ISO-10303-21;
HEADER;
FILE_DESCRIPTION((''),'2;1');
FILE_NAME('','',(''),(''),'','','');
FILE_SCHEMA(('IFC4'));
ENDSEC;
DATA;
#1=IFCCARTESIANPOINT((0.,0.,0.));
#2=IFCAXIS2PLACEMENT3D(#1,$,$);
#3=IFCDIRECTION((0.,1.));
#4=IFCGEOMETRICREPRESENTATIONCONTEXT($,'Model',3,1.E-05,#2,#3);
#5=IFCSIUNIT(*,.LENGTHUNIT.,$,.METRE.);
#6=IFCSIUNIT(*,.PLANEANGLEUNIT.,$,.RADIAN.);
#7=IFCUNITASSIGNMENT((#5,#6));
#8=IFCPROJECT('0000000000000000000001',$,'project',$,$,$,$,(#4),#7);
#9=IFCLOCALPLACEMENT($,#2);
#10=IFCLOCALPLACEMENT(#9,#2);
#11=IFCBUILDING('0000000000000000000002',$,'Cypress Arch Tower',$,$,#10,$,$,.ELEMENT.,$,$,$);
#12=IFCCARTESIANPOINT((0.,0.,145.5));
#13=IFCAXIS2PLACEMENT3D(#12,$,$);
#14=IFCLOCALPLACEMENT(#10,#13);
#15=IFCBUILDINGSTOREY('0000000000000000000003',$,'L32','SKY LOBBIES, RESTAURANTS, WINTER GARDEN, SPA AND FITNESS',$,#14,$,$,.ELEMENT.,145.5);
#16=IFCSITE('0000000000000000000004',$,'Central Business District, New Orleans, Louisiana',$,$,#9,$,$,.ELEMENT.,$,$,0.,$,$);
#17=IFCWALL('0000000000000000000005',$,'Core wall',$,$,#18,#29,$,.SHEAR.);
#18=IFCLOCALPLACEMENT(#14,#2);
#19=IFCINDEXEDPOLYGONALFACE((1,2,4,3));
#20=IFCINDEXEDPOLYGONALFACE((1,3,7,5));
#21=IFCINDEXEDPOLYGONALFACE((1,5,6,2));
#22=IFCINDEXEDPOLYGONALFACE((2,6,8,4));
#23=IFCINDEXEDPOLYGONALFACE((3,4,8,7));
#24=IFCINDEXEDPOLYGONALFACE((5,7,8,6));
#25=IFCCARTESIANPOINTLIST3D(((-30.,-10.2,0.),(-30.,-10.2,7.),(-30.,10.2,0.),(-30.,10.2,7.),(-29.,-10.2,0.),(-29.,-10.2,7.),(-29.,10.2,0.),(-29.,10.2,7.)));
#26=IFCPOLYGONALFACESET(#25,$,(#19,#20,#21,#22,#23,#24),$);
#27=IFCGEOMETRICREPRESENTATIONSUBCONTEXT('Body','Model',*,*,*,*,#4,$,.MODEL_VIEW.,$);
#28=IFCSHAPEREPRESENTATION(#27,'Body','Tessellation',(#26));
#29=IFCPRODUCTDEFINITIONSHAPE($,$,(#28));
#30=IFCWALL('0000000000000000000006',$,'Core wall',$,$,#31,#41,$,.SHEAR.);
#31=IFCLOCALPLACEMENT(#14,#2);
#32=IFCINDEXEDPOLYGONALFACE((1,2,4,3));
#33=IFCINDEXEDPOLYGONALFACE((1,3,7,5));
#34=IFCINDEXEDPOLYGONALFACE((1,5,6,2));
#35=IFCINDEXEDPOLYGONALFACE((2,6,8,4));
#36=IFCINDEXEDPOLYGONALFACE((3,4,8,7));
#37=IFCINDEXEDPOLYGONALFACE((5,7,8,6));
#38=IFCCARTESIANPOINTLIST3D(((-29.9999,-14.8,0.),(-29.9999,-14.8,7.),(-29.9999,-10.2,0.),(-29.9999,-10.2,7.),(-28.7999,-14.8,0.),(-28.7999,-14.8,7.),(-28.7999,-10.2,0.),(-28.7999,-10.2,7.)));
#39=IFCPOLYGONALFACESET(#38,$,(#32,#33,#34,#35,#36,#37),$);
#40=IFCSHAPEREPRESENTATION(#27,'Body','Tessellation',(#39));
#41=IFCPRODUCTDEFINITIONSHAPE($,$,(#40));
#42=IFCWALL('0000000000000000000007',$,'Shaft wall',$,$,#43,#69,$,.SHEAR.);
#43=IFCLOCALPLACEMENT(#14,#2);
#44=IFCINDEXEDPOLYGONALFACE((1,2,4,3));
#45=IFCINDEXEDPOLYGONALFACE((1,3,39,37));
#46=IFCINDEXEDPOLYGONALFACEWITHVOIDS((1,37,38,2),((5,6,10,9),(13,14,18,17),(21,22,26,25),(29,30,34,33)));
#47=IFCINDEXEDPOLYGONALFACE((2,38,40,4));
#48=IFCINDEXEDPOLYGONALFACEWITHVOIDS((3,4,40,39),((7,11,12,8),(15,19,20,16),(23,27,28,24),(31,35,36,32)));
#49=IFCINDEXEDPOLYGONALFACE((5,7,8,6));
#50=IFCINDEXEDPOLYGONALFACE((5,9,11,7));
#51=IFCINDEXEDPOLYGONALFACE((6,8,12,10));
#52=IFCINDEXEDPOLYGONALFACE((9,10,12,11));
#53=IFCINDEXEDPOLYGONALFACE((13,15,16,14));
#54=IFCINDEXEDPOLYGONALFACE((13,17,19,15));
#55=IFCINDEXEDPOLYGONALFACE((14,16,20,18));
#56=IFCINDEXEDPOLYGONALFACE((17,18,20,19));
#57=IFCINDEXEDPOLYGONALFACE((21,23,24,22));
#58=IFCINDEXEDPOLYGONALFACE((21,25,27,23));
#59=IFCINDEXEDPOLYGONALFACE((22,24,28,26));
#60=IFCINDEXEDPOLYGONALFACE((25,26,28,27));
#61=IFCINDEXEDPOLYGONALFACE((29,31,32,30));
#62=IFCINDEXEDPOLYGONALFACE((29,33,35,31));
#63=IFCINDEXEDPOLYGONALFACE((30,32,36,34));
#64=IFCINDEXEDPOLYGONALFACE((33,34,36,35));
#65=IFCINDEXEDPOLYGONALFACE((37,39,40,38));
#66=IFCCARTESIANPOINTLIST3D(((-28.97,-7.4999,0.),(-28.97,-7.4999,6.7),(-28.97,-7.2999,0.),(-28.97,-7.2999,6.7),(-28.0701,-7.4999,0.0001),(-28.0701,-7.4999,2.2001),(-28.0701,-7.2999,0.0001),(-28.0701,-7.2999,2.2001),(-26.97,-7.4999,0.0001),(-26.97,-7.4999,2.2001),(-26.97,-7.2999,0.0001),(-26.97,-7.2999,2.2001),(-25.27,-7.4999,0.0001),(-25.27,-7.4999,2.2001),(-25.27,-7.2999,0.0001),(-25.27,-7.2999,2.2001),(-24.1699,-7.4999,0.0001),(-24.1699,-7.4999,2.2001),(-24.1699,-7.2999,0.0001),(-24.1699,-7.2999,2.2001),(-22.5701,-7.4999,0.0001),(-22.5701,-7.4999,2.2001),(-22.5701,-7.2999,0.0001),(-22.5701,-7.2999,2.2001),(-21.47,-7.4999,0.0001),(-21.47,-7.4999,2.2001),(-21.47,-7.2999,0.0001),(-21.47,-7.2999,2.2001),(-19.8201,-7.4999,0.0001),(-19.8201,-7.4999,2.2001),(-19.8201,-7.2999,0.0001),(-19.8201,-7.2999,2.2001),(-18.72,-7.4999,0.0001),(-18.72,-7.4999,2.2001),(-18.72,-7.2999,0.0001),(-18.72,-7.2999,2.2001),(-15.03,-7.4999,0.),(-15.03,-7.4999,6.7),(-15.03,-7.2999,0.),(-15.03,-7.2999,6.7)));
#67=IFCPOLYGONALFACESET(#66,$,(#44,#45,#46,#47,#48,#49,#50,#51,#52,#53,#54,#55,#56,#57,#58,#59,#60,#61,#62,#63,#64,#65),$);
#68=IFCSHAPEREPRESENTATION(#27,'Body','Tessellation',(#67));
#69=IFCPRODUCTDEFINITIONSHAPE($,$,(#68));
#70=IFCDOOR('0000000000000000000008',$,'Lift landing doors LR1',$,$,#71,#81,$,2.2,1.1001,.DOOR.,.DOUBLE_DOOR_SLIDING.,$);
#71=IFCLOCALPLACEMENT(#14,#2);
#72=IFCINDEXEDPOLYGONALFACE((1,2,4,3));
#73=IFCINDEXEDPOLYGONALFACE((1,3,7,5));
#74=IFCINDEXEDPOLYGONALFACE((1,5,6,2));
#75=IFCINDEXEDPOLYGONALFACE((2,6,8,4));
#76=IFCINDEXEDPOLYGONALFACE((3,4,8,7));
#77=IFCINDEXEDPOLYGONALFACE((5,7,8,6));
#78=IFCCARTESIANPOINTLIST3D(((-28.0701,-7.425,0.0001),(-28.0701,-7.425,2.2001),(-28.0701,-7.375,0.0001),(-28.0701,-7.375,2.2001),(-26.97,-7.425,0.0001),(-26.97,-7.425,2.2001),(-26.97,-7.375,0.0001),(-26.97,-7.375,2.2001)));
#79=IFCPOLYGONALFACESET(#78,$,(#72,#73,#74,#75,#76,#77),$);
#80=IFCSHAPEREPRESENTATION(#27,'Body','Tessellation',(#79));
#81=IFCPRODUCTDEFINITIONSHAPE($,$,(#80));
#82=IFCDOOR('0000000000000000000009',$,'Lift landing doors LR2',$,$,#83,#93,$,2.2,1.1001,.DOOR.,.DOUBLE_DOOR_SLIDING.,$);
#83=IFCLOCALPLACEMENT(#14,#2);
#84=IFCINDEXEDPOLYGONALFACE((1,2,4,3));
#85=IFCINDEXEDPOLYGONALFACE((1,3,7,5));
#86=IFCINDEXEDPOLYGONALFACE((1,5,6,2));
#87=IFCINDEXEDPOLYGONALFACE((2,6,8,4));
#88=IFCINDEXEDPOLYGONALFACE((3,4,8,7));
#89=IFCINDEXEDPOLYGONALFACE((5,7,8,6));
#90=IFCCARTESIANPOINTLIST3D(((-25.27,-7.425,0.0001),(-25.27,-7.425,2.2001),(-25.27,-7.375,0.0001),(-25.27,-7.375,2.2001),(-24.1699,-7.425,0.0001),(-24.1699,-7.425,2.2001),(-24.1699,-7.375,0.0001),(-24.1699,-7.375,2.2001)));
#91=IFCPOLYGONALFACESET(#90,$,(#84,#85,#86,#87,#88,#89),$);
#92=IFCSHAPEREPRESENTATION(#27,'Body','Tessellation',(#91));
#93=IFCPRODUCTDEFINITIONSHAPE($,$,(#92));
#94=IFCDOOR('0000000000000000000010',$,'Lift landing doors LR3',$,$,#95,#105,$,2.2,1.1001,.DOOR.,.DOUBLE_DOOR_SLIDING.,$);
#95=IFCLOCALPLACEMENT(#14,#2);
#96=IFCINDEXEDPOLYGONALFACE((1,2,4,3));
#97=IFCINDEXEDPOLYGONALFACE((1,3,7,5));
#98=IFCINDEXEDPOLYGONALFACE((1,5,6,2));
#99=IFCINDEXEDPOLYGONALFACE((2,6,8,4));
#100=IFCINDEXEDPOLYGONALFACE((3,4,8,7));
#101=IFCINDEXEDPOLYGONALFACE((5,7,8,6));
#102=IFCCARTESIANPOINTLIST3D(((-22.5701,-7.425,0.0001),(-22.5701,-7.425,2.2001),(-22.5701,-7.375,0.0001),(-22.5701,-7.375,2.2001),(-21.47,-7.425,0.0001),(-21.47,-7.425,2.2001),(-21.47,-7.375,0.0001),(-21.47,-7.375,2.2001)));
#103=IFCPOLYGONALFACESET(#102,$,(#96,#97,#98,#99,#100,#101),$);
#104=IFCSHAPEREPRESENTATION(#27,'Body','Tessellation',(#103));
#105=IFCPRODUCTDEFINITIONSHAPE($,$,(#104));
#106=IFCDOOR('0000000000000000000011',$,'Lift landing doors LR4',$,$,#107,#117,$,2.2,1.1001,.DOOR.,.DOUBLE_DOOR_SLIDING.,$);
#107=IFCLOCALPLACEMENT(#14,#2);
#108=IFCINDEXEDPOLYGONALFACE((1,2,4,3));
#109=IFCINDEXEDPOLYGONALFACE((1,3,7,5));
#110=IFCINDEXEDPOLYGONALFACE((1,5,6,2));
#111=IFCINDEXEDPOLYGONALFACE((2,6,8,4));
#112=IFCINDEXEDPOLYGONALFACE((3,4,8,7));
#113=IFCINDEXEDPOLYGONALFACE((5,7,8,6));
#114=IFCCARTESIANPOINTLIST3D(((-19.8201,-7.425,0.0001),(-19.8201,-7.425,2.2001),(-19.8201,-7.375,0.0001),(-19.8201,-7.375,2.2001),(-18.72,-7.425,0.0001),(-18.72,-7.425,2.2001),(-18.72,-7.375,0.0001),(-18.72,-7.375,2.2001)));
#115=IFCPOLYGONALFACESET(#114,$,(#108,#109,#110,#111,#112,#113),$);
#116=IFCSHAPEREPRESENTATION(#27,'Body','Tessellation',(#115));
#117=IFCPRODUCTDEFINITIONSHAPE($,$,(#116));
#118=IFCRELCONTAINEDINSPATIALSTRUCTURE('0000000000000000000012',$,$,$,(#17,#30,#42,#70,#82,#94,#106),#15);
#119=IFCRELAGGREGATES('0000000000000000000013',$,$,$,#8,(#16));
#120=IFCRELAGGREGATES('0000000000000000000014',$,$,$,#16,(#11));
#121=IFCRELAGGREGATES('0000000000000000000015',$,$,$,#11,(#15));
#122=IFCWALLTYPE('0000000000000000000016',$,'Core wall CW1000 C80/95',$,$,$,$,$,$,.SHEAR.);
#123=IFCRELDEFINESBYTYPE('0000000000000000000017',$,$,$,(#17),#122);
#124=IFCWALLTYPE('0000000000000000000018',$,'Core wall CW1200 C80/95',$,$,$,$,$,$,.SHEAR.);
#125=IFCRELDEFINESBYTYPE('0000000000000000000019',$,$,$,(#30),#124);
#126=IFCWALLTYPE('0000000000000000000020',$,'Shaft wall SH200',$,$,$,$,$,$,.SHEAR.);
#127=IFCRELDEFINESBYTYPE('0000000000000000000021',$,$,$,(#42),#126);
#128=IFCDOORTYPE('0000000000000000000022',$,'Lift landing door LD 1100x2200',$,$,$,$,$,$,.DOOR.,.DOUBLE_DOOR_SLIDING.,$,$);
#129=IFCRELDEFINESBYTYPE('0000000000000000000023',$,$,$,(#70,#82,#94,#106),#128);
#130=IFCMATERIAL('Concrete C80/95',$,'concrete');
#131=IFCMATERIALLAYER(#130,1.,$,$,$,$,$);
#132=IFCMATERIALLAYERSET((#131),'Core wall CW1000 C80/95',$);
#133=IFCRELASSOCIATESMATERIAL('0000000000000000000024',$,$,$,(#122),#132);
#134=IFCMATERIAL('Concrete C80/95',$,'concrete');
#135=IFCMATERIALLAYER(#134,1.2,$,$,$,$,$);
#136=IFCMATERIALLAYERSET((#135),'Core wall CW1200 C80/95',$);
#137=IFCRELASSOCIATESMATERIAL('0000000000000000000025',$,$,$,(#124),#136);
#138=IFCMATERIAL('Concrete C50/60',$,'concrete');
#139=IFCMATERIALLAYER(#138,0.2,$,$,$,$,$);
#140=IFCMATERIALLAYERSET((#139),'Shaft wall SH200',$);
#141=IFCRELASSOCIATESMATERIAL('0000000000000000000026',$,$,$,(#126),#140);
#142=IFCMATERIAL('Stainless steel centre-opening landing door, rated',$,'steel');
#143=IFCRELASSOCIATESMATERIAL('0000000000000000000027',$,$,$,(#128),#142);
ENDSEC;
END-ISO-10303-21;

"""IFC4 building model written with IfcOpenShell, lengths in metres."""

from ifc_helpers import new_model, si_unit, direction, frame, frame_2d, origin, place, context, subcontext, project, spatial, rectangle, extrude, material, layer, layer_set, type_object, element, fill, save


model = new_model("IFC4")

# Units and contexts
model_context = context("Model", 3, precision=1e-05, world=origin(), true_north=direction((0.0, 1.0)))
body_context = subcontext(model_context, "Body", "Model", "MODEL_VIEW")
ifc_project = project(units=[si_unit("LENGTHUNIT", "METRE"), si_unit("PLANEANGLEUNIT", "RADIAN")], contexts=[model_context])

# Site, building, storey
site_placement = place(None, origin())
site = spatial("IfcSite", under=ifc_project, at=site_placement, Name="Central Business District, New Orleans, Louisiana", CompositionType="ELEMENT", RefElevation=0.0)
building_placement = place(site_placement, origin())
building = spatial("IfcBuilding", under=site, at=building_placement, Name="Cypress Arch Tower", CompositionType="ELEMENT")
storey_placement = place(building_placement, frame((0.0, 0.0, 145.5)))
storey = spatial("IfcBuildingStorey", under=building, at=storey_placement, Name="L32", Description="SKY LOBBIES, RESTAURANTS, WINTER GARDEN, SPA AND FITNESS", CompositionType="ELEMENT", Elevation=145.5)

# Walls
ifc_material_1 = material(Name="Concrete C80/95", Category="concrete")
ifc_layer_1 = layer(ifc_material_1, 1.0)
ifc_layer_set_1 = layer_set([ifc_layer_1], Name="Core wall CW1000 C80/95")
wall_type_1 = type_object("IfcWallType", Name="Core wall CW1000 C80/95", PredefinedType="SHEAR", material=ifc_layer_set_1)
wall_1_placement = place(storey_placement, frame((-29.5, -10.2, 0.0), z_axis=(0.0, 0.0, 1.0), x_axis=(0.0, 1.0, 0.0)))
element("IfcWall", 1, at=wall_1_placement, inside=storey, type_object=wall_type_1, Name="Core wall", PredefinedType="SHEAR", context=body_context, shape_type="SweptSolid", body=[
    extrude(rectangle(XDim=20.3999, YDim=1.0, at=frame_2d((10.2, 0.0))), origin(), (0.0, 0.0, 1.0), 7.0),
])
ifc_material_2 = material(Name="Concrete C80/95", Category="concrete")
ifc_layer_2 = layer(ifc_material_2, 1.2)
ifc_layer_set_2 = layer_set([ifc_layer_2], Name="Core wall CW1200 C80/95")
wall_type_2 = type_object("IfcWallType", Name="Core wall CW1200 C80/95", PredefinedType="SHEAR", material=ifc_layer_set_2)
wall_2_placement = place(storey_placement, frame((-29.3999, -14.8, 0.0), z_axis=(0.0, 0.0, 1.0), x_axis=(0.0, 1.0, 0.0)))
element("IfcWall", 2, at=wall_2_placement, inside=storey, type_object=wall_type_2, Name="Core wall", PredefinedType="SHEAR", context=body_context, shape_type="SweptSolid", body=[
    extrude(rectangle(XDim=4.6001, YDim=1.2, at=frame_2d((2.3, 0.0))), origin(), (0.0, 0.0, 1.0), 7.0),
])

# Wall, openings, doors
ifc_material_3 = material(Name="Concrete C50/60", Category="concrete")
ifc_layer_3 = layer(ifc_material_3, 0.2)
ifc_layer_set_3 = layer_set([ifc_layer_3], Name="Shaft wall SH200")
wall_type_3 = type_object("IfcWallType", Name="Shaft wall SH200", PredefinedType="SHEAR", material=ifc_layer_set_3)
wall_3_placement = place(storey_placement, frame((-28.97, -7.3999, 0.0), z_axis=(0.0, 0.0, 1.0), x_axis=(1.0, 0.0, 0.0)))
wall_3 = element("IfcWall", 3, at=wall_3_placement, inside=storey, type_object=wall_type_3, Name="Shaft wall", PredefinedType="SHEAR", context=body_context, shape_type="SweptSolid", body=[
    extrude(rectangle(XDim=13.9399, YDim=0.2, at=frame_2d((6.97, 0.0))), origin(), (0.0, 0.0, 1.0), 6.7),
])
opening_1_placement = place(wall_3_placement, frame((0.8999, 0.0, 0.0)))
opening_1 = element("IfcOpeningElement", 4, at=opening_1_placement, cuts=wall_3, PredefinedType="OPENING", context=body_context, shape_type="SweptSolid", body=[
    extrude(rectangle(XDim=1.1001, YDim=2.2, at=frame_2d((0.55, 1.1001))), frame((0.0, 0.1099, 0.0), z_axis=(0.0, -1.0, 0.0), x_axis=(1.0, 0.0, 0.0)), (0.0, 0.0, 1.0), 0.22),
])
opening_2_placement = place(wall_3_placement, frame((3.7, 0.0, 0.0)))
opening_2 = element("IfcOpeningElement", 5, at=opening_2_placement, cuts=wall_3, PredefinedType="OPENING", context=body_context, shape_type="SweptSolid", body=[
    extrude(rectangle(XDim=1.1001, YDim=2.2, at=frame_2d((0.55, 1.1001))), frame((0.0, 0.1099, 0.0), z_axis=(0.0, -1.0, 0.0), x_axis=(1.0, 0.0, 0.0)), (0.0, 0.0, 1.0), 0.22),
])
opening_3_placement = place(wall_3_placement, frame((6.3999, 0.0, 0.0)))
opening_3 = element("IfcOpeningElement", 6, at=opening_3_placement, cuts=wall_3, PredefinedType="OPENING", context=body_context, shape_type="SweptSolid", body=[
    extrude(rectangle(XDim=1.1001, YDim=2.2, at=frame_2d((0.55, 1.1001))), frame((0.0, 0.1099, 0.0), z_axis=(0.0, -1.0, 0.0), x_axis=(1.0, 0.0, 0.0)), (0.0, 0.0, 1.0), 0.22),
])
opening_4_placement = place(wall_3_placement, frame((9.1499, 0.0, 0.0)))
opening_4 = element("IfcOpeningElement", 7, at=opening_4_placement, cuts=wall_3, PredefinedType="OPENING", context=body_context, shape_type="SweptSolid", body=[
    extrude(rectangle(XDim=1.1001, YDim=2.2, at=frame_2d((0.55, 1.1001))), frame((0.0, 0.1099, 0.0), z_axis=(0.0, -1.0, 0.0), x_axis=(1.0, 0.0, 0.0)), (0.0, 0.0, 1.0), 0.22),
])
ifc_material_4 = material(Name="Stainless steel centre-opening landing door, rated", Category="steel")
door_type = type_object("IfcDoorType", Name="Lift landing door LD 1100x2200", OperationType="DOUBLE_DOOR_SLIDING", PredefinedType="DOOR", material=ifc_material_4)
door_1_placement = place(opening_1_placement, origin())
door_1 = element("IfcDoor", 8, at=door_1_placement, inside=storey, type_object=door_type, Name="Lift landing doors LR1", OperationType="DOUBLE_DOOR_SLIDING", OverallHeight=2.2, OverallWidth=1.1001, PredefinedType="DOOR", context=body_context, shape_type="SweptSolid", body=[
    extrude(rectangle(XDim=1.1001, YDim=2.2, at=frame_2d((0.55, 1.1001))), frame((0.0, 0.0249, 0.0), z_axis=(0.0, -1.0, 0.0), x_axis=(1.0, 0.0, 0.0)), (0.0, 0.0, 1.0), 0.05),
])
fill(opening_1, door_1)
door_2_placement = place(opening_2_placement, origin())
door_2 = element("IfcDoor", 9, at=door_2_placement, inside=storey, type_object=door_type, Name="Lift landing doors LR2", OperationType="DOUBLE_DOOR_SLIDING", OverallHeight=2.2, OverallWidth=1.1001, PredefinedType="DOOR", context=body_context, shape_type="SweptSolid", body=[
    extrude(rectangle(XDim=1.1001, YDim=2.2, at=frame_2d((0.55, 1.1001))), frame((0.0, 0.0249, 0.0), z_axis=(0.0, -1.0, 0.0), x_axis=(1.0, 0.0, 0.0)), (0.0, 0.0, 1.0), 0.05),
])
fill(opening_2, door_2)
door_3_placement = place(opening_3_placement, origin())
door_3 = element("IfcDoor", 10, at=door_3_placement, inside=storey, type_object=door_type, Name="Lift landing doors LR3", OperationType="DOUBLE_DOOR_SLIDING", OverallHeight=2.2, OverallWidth=1.1001, PredefinedType="DOOR", context=body_context, shape_type="SweptSolid", body=[
    extrude(rectangle(XDim=1.1001, YDim=2.2, at=frame_2d((0.55, 1.1001))), frame((0.0, 0.0249, 0.0), z_axis=(0.0, -1.0, 0.0), x_axis=(1.0, 0.0, 0.0)), (0.0, 0.0, 1.0), 0.05),
])
fill(opening_3, door_3)
door_4_placement = place(opening_4_placement, origin())
door_4 = element("IfcDoor", 11, at=door_4_placement, inside=storey, type_object=door_type, Name="Lift landing doors LR4", OperationType="DOUBLE_DOOR_SLIDING", OverallHeight=2.2, OverallWidth=1.1001, PredefinedType="DOOR", context=body_context, shape_type="SweptSolid", body=[
    extrude(rectangle(XDim=1.1001, YDim=2.2, at=frame_2d((0.55, 1.1001))), frame((0.0, 0.0249, 0.0), z_axis=(0.0, -1.0, 0.0), x_axis=(1.0, 0.0, 0.0)), (0.0, 0.0, 1.0), 0.05),
])
fill(opening_4, door_4)

save(model, "model.ifc")
